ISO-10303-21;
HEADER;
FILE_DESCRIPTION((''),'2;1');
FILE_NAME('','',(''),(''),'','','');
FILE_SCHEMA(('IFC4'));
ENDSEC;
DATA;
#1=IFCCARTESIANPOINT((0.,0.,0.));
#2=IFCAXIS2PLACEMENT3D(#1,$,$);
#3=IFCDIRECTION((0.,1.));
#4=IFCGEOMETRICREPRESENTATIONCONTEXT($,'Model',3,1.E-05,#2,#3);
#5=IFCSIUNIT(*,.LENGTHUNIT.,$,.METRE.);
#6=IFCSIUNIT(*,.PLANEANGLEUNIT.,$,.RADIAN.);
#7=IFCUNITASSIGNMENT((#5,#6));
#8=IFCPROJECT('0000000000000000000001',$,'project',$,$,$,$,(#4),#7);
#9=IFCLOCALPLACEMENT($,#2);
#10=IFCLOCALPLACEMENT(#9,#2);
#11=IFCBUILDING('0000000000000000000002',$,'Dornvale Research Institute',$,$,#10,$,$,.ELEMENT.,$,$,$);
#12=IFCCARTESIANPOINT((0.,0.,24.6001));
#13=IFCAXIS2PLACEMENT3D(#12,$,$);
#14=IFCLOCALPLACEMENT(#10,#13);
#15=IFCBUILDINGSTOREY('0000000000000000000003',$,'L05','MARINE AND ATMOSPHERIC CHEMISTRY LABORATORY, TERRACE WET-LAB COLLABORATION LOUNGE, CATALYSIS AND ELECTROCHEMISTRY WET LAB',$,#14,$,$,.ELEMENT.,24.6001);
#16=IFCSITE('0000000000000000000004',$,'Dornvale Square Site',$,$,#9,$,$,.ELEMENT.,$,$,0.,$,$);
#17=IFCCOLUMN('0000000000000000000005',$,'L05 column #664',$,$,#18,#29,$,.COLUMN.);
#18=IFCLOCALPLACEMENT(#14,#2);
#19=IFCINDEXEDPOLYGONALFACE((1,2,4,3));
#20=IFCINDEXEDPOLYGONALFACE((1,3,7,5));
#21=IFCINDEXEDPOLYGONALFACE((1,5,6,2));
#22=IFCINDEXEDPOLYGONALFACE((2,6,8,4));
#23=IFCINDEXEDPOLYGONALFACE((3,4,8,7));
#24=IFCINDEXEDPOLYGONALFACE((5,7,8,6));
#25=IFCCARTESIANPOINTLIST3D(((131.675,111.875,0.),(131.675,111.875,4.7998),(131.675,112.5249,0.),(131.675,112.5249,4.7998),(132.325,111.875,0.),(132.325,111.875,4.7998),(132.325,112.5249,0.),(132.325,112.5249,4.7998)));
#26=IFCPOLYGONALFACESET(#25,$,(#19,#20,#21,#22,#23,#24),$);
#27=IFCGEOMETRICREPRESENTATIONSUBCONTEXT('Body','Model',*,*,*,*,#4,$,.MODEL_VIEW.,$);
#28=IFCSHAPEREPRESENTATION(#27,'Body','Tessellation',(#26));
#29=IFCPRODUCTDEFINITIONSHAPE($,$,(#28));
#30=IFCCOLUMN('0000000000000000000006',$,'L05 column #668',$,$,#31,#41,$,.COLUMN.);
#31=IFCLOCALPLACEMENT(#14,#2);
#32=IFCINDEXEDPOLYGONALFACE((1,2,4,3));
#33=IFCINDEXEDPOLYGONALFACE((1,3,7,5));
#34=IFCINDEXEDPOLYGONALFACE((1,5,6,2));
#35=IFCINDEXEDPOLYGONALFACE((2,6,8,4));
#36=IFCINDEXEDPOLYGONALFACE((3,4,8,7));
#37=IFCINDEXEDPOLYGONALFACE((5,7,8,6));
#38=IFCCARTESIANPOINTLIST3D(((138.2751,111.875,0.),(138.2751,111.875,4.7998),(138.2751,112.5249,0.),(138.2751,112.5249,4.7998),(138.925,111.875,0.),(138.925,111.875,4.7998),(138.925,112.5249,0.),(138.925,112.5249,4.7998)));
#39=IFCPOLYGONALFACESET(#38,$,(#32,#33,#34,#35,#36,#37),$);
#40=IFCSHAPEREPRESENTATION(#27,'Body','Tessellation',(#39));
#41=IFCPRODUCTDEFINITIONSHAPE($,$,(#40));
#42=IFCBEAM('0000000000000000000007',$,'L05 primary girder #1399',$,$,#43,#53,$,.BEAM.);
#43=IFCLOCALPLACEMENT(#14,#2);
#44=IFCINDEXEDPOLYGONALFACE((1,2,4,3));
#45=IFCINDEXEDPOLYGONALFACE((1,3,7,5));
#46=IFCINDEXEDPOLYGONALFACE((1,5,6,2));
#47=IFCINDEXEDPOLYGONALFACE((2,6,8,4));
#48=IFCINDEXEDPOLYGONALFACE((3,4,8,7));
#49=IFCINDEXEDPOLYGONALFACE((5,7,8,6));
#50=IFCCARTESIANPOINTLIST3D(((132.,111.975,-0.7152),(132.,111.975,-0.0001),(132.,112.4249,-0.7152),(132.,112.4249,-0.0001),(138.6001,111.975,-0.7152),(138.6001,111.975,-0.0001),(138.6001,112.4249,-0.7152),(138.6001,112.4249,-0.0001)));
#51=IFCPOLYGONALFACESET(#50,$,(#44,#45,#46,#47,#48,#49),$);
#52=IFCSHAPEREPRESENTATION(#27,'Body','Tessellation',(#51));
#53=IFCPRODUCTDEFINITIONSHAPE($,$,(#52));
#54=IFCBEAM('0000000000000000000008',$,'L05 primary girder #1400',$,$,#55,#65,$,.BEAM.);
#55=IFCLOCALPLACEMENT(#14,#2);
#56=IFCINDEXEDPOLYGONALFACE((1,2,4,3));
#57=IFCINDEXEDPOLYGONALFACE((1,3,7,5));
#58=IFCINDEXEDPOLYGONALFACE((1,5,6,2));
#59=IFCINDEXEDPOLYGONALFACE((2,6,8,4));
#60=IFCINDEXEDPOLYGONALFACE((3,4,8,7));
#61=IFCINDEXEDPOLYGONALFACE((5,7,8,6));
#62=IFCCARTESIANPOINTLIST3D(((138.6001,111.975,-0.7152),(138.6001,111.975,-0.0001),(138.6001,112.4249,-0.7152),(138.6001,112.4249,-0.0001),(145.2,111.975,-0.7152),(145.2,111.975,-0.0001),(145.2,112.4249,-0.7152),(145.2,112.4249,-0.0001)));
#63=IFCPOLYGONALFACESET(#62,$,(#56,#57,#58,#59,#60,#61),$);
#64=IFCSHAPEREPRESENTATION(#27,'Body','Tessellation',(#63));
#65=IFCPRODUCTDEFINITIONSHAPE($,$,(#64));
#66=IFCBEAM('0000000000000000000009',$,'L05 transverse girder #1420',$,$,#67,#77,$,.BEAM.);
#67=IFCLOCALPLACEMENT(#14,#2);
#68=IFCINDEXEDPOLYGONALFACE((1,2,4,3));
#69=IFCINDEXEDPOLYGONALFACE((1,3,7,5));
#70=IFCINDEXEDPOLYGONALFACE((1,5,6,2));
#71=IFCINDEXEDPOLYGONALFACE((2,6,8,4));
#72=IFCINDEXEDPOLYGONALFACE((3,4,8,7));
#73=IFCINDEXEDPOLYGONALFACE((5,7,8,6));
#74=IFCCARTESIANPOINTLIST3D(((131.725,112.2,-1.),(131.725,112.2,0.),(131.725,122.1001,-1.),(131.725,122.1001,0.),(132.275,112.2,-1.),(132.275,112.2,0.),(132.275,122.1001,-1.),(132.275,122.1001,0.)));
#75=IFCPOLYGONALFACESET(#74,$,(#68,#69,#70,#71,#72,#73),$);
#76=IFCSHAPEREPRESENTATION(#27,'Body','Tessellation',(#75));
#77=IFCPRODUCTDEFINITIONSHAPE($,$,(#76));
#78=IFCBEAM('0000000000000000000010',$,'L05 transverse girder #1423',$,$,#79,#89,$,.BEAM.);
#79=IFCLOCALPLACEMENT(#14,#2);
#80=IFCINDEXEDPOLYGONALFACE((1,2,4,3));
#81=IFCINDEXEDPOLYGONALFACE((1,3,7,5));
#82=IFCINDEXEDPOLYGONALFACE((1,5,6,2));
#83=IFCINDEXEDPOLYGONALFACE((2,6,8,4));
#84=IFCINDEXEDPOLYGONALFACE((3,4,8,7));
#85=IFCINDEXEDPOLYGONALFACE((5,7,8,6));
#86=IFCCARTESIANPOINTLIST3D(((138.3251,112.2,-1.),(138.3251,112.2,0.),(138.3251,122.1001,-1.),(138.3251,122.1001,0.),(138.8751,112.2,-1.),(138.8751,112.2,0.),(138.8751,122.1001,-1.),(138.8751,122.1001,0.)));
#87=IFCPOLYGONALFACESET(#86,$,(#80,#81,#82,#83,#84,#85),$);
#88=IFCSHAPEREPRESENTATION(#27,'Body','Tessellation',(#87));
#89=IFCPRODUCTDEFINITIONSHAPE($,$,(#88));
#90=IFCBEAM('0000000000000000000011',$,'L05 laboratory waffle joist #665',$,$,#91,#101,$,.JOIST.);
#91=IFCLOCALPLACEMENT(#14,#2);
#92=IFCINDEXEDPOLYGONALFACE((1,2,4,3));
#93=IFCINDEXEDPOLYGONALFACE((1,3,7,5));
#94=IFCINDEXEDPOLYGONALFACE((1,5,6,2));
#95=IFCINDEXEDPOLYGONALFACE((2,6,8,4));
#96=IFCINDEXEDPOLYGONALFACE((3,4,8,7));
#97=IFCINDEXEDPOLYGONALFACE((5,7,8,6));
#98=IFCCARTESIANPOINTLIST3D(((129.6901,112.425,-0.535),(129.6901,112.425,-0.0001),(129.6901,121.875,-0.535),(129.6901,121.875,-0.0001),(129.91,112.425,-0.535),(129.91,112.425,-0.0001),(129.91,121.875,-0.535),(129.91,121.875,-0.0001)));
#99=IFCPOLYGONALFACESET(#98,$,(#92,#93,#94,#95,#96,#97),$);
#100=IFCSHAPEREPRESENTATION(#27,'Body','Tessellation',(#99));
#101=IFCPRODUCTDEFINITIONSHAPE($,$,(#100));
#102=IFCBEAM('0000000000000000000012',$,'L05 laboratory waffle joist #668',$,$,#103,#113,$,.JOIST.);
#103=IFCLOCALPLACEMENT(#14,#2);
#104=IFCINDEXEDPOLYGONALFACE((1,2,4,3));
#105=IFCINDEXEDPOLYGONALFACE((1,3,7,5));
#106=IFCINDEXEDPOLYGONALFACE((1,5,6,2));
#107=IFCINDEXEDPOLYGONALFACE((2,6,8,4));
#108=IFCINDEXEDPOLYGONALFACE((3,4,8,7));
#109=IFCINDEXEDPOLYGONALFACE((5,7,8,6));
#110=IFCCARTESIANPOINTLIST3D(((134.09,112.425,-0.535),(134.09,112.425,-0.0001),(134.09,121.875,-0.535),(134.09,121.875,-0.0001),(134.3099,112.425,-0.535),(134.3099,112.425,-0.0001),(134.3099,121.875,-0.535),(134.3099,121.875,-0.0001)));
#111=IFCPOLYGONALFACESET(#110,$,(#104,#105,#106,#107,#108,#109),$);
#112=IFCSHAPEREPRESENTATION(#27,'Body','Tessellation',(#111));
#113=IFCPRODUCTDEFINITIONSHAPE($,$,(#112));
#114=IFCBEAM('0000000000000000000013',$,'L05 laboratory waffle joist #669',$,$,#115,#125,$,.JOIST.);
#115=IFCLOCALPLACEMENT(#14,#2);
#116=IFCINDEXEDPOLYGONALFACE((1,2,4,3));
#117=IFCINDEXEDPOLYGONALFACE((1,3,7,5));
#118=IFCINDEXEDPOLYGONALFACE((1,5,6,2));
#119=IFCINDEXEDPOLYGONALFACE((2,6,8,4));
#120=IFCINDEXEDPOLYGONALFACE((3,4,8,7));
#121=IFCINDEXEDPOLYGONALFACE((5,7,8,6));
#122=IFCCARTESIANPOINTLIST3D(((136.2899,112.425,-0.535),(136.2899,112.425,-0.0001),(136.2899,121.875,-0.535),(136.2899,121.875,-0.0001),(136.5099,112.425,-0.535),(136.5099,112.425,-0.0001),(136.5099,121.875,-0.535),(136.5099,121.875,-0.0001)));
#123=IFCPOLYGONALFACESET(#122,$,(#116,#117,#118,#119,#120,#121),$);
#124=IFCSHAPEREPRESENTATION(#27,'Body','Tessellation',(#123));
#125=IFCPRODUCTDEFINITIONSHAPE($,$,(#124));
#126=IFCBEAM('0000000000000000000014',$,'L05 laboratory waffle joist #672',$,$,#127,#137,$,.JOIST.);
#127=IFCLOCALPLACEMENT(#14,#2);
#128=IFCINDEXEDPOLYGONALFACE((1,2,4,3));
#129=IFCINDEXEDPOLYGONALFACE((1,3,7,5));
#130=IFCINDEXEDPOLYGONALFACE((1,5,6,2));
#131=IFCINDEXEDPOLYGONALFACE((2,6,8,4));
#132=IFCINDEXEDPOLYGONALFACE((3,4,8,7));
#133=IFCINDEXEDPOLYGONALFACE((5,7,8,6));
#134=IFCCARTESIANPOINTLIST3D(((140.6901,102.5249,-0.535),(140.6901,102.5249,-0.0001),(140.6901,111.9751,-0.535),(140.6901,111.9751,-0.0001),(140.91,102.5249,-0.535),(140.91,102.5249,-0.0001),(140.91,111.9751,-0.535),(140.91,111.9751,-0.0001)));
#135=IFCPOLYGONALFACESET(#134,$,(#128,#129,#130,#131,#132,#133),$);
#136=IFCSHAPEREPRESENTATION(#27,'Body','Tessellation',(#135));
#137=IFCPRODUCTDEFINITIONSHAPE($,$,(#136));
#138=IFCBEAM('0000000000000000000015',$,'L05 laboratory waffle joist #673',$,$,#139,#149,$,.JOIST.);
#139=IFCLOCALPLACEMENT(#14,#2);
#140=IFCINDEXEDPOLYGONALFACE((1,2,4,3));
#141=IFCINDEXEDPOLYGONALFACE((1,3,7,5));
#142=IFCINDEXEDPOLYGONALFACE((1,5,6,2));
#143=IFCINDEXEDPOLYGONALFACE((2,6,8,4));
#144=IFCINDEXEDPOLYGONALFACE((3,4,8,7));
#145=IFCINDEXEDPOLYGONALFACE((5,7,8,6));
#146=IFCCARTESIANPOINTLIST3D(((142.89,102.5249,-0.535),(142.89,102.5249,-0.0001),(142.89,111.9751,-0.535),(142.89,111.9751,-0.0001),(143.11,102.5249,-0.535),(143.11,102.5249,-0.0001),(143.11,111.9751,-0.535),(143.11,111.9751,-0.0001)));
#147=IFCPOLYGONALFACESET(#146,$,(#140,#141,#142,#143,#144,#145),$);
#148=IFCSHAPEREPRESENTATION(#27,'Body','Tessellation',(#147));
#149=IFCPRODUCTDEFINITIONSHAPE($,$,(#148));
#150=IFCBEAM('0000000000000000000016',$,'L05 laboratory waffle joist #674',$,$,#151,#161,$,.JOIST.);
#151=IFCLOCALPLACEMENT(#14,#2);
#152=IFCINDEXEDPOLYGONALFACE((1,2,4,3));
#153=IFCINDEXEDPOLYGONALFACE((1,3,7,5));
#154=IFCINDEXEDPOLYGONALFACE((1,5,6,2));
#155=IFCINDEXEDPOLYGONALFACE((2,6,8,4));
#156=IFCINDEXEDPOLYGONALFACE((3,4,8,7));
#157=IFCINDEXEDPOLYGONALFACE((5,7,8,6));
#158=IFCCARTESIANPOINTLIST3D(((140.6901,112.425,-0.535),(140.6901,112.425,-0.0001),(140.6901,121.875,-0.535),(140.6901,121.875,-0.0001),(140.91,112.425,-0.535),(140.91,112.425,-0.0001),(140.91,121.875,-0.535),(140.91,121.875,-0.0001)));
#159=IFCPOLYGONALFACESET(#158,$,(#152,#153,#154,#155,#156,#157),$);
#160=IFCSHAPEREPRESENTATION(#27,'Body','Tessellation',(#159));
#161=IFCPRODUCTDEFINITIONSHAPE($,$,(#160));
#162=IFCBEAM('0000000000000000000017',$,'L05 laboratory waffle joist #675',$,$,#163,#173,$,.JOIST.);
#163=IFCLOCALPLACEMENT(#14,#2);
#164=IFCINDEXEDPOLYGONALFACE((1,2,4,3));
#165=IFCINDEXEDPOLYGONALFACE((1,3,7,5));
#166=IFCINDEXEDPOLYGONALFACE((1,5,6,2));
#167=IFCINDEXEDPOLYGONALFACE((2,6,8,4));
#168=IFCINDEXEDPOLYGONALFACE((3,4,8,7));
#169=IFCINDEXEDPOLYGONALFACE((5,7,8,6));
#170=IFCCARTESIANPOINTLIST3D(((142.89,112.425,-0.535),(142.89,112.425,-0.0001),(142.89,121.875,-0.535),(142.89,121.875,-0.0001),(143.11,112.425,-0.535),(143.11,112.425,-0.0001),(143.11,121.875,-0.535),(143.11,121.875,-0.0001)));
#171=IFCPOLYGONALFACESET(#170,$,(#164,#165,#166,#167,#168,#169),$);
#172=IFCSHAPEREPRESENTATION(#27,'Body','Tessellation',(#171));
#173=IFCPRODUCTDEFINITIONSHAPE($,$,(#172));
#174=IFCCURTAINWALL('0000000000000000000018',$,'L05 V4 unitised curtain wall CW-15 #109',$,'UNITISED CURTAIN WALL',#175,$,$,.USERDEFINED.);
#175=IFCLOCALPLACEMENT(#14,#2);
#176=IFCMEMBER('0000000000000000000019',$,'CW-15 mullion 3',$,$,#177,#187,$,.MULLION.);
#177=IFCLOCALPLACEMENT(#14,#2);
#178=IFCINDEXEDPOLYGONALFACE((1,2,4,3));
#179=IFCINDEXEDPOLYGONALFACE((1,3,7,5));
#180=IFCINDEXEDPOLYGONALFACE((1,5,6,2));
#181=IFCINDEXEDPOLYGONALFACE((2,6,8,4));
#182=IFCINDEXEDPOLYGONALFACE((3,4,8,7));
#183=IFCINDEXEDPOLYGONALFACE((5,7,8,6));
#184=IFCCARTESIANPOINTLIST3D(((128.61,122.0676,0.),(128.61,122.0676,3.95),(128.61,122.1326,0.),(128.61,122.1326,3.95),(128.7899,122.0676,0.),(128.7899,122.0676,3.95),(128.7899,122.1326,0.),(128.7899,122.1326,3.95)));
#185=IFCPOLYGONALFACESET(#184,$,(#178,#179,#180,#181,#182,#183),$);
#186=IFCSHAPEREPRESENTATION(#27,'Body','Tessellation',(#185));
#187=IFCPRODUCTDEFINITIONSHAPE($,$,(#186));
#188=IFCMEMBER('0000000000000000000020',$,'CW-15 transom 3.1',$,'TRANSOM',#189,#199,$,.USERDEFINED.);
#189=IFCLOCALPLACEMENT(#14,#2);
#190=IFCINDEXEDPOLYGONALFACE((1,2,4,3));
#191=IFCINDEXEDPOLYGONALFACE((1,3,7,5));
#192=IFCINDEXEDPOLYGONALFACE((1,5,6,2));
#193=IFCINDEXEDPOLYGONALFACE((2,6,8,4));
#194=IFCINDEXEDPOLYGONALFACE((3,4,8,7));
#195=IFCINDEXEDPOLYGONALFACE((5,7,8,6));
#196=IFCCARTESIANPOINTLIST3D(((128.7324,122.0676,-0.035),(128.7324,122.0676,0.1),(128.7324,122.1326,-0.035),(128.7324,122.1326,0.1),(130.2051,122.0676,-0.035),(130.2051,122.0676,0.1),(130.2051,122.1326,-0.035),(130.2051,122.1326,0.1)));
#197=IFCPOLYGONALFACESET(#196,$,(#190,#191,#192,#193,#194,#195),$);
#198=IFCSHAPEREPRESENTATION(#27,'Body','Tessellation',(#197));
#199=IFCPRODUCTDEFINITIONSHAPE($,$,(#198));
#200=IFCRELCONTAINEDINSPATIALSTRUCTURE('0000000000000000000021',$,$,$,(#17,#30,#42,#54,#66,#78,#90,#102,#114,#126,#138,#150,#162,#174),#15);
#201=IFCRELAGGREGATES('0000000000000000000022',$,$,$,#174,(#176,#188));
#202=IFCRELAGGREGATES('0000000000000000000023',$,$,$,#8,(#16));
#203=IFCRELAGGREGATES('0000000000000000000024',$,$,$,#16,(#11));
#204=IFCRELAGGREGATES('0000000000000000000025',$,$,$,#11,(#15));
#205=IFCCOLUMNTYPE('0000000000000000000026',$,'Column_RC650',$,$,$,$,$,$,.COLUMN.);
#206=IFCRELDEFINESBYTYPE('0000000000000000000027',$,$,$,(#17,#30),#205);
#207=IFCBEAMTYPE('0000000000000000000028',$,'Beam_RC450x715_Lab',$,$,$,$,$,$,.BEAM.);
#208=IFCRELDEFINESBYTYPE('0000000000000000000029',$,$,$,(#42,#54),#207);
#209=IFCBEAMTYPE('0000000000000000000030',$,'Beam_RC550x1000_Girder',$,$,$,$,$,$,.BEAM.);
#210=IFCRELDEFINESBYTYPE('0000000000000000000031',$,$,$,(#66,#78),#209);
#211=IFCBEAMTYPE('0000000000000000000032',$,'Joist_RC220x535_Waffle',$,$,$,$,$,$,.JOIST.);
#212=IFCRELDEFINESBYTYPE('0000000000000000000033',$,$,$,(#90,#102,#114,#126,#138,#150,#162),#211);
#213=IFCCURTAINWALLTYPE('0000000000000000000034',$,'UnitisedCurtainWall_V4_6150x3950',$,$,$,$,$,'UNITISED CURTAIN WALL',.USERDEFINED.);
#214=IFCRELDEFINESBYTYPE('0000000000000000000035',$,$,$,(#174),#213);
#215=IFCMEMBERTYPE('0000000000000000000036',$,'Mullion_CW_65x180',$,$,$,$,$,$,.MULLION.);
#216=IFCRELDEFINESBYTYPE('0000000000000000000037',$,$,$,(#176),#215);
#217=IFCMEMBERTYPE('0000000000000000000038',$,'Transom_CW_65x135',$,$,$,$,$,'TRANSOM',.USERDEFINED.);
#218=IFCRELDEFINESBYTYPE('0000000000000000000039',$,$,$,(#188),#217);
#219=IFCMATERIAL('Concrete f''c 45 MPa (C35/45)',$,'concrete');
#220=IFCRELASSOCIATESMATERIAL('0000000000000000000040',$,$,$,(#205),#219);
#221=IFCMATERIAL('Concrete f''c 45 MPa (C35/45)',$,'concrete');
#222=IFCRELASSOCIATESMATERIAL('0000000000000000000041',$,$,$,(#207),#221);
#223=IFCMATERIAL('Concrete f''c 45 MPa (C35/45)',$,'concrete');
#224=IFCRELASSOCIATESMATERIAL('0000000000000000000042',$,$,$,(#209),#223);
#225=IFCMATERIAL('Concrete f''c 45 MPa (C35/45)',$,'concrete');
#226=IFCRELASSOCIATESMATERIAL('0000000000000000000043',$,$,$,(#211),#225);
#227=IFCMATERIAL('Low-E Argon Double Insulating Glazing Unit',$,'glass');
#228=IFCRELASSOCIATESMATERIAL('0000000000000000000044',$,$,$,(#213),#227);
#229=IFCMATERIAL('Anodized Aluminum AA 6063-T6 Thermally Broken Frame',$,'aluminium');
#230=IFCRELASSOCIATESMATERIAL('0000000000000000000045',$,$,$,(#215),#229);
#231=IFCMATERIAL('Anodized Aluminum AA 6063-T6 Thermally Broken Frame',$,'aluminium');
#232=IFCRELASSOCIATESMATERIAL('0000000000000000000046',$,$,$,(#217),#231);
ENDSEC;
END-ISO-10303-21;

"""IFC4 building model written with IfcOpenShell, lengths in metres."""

from ifc_helpers import new_model, si_unit, direction, frame, origin, origin_2d, place, context, subcontext, project, spatial, rectangle, extrude, material, material_profile, profile_set, type_object, element, aggregate, save


model = new_model("IFC4")

# Units and contexts
model_context = context("Model", 3, precision=1e-05, world=origin(), true_north=direction((0.0, 1.0)))
body_context = subcontext(model_context, "Body", "Model", "MODEL_VIEW")
ifc_project = project(units=[si_unit("LENGTHUNIT", "METRE"), si_unit("PLANEANGLEUNIT", "RADIAN")], contexts=[model_context])

# Site, building, storey
site_placement = place(None, origin())
site = spatial("IfcSite", under=ifc_project, at=site_placement, Name="Dornvale Square Site", CompositionType="ELEMENT", RefElevation=0.0)
building_placement = place(site_placement, origin())
building = spatial("IfcBuilding", under=site, at=building_placement, Name="Dornvale Research Institute", CompositionType="ELEMENT")
storey_placement = place(building_placement, frame((0.0, 0.0, 24.6001)))
storey = spatial("IfcBuildingStorey", under=building, at=storey_placement, Name="L05", Description="MARINE AND ATMOSPHERIC CHEMISTRY LABORATORY, TERRACE WET-LAB COLLABORATION LOUNGE, CATALYSIS AND ELECTROCHEMISTRY WET LAB", CompositionType="ELEMENT", Elevation=24.6001)

# Columns
ifc_material_1 = material(Name="Concrete f'c 45 MPa (C35/45)", Category="concrete")
ifc_material_profile_1 = material_profile(ifc_material_1, rectangle(XDim=0.6499, YDim=0.6499, at=origin_2d()), Name="RC 650x650")
ifc_profile_set_1 = profile_set([ifc_material_profile_1], Name="Concrete f'c 45 MPa (C35/45)")
column_type = type_object("IfcColumnType", Name="Column_RC650", PredefinedType="COLUMN", material=ifc_profile_set_1)
for number, where, z_axis, x_axis, name in (
    (1, (132.0, 112.2, 0.0), (0.0, 0.0, 1.0), (1.0, 0.0, 0.0), "L05 column #664"),
    (2, (138.6001, 112.2, 0.0), (0.0, 0.0, 1.0), (1.0, 0.0, 0.0), "L05 column #668"),
):
    element("IfcColumn", number, at=place(storey_placement, frame(where, z_axis=z_axis, x_axis=x_axis)), inside=storey, type_object=column_type, Name=name, PredefinedType="COLUMN", context=body_context, shape_type="SweptSolid", body=[
        extrude(rectangle(XDim=0.6499, YDim=0.6499, at=origin_2d()), origin(), (0.0, 0.0, 1.0), 4.7998),
    ])

# Beams
ifc_material_2 = material(Name="Concrete f'c 45 MPa (C35/45)", Category="concrete")
ifc_material_profile_2 = material_profile(ifc_material_2, rectangle(XDim=0.45, YDim=0.7151, at=origin_2d()), Name="RC 450x715")
ifc_profile_set_2 = profile_set([ifc_material_profile_2], Name="Concrete f'c 45 MPa (C35/45)")
beam_type_1 = type_object("IfcBeamType", Name="Beam_RC450x715_Lab", PredefinedType="BEAM", material=ifc_profile_set_2)
beam_1_placement = place(storey_placement, frame((132.0, 112.2, -0.3577), z_axis=(1.0, 0.0, 0.0), x_axis=(0.0, 1.0, 0.0)))
element("IfcBeam", 3, at=beam_1_placement, inside=storey, type_object=beam_type_1, Name="L05 primary girder #1399", PredefinedType="BEAM", context=body_context, shape_type="SweptSolid", body=[
    extrude(rectangle(XDim=0.45, YDim=0.7151, at=origin_2d()), origin(), (0.0, 0.0, 1.0), 6.6001),
])
beam_2_placement = place(storey_placement, frame((138.6001, 112.2, -0.3577), z_axis=(1.0, 0.0, 0.0), x_axis=(0.0, 1.0, 0.0)))
element("IfcBeam", 4, at=beam_2_placement, inside=storey, type_object=beam_type_1, Name="L05 primary girder #1400", PredefinedType="BEAM", context=body_context, shape_type="SweptSolid", body=[
    extrude(rectangle(XDim=0.45, YDim=0.7151, at=origin_2d()), origin(), (0.0, 0.0, 1.0), 6.5999),
])
ifc_material_3 = material(Name="Concrete f'c 45 MPa (C35/45)", Category="concrete")
ifc_material_profile_3 = material_profile(ifc_material_3, rectangle(XDim=0.55, YDim=1.0, at=origin_2d()), Name="RC 550x1000")
ifc_profile_set_3 = profile_set([ifc_material_profile_3], Name="Concrete f'c 45 MPa (C35/45)")
beam_type_2 = type_object("IfcBeamType", Name="Beam_RC550x1000_Girder", PredefinedType="BEAM", material=ifc_profile_set_3)
for number, where, z_axis, x_axis, name in (
    (5, (132.0, 112.2, -0.5), (0.0, 1.0, 0.0), (-1.0, 0.0, 0.0), "L05 transverse girder #1420"),
    (6, (138.6001, 112.2, -0.5), (0.0, 1.0, 0.0), (-1.0, 0.0, 0.0), "L05 transverse girder #1423"),
):
    element("IfcBeam", number, at=place(storey_placement, frame(where, z_axis=z_axis, x_axis=x_axis)), inside=storey, type_object=beam_type_2, Name=name, PredefinedType="BEAM", context=body_context, shape_type="SweptSolid", body=[
        extrude(rectangle(XDim=0.55, YDim=1.0, at=origin_2d()), origin(), (0.0, 0.0, 1.0), 9.9001),
    ])
ifc_material_4 = material(Name="Concrete f'c 45 MPa (C35/45)", Category="concrete")
ifc_material_profile_4 = material_profile(ifc_material_4, rectangle(XDim=0.22, YDim=0.5349, at=origin_2d()), Name="RC 220x535")
ifc_profile_set_4 = profile_set([ifc_material_profile_4], Name="Concrete f'c 45 MPa (C35/45)")
beam_type_3 = type_object("IfcBeamType", Name="Joist_RC220x535_Waffle", PredefinedType="JOIST", material=ifc_profile_set_4)
for number, where, z_axis, x_axis, name in (
    (7, (129.8, 112.425, -0.2676), (0.0, 1.0, 0.0), (-1.0, 0.0, 0.0), "L05 laboratory waffle joist #665"),
    (8, (134.2, 112.425, -0.2676), (0.0, 1.0, 0.0), (-1.0, 0.0, 0.0), "L05 laboratory waffle joist #668"),
    (9, (136.3999, 112.425, -0.2676), (0.0, 1.0, 0.0), (-1.0, 0.0, 0.0), "L05 laboratory waffle joist #669"),
):
    element("IfcBeam", number, at=place(storey_placement, frame(where, z_axis=z_axis, x_axis=x_axis)), inside=storey, type_object=beam_type_3, Name=name, PredefinedType="JOIST", context=body_context, shape_type="SweptSolid", body=[
        extrude(rectangle(XDim=0.22, YDim=0.5349, at=origin_2d()), origin(), (0.0, 0.0, 1.0), 9.45),
    ])
for number, where, z_axis, x_axis, name in (
    (10, (140.8, 102.5249, -0.2676), (0.0, 1.0, 0.0), (-1.0, 0.0, 0.0), "L05 laboratory waffle joist #672"),
    (11, (143.0, 102.5249, -0.2676), (0.0, 1.0, 0.0), (-1.0, 0.0, 0.0), "L05 laboratory waffle joist #673"),
):
    element("IfcBeam", number, at=place(storey_placement, frame(where, z_axis=z_axis, x_axis=x_axis)), inside=storey, type_object=beam_type_3, Name=name, PredefinedType="JOIST", context=body_context, shape_type="SweptSolid", body=[
        extrude(rectangle(XDim=0.22, YDim=0.5349, at=origin_2d()), origin(), (0.0, 0.0, 1.0), 9.4502),
    ])
for number, where, z_axis, x_axis, name in (
    (12, (140.8, 112.425, -0.2676), (0.0, 1.0, 0.0), (-1.0, 0.0, 0.0), "L05 laboratory waffle joist #674"),
    (13, (143.0, 112.425, -0.2676), (0.0, 1.0, 0.0), (-1.0, 0.0, 0.0), "L05 laboratory waffle joist #675"),
):
    element("IfcBeam", number, at=place(storey_placement, frame(where, z_axis=z_axis, x_axis=x_axis)), inside=storey, type_object=beam_type_3, Name=name, PredefinedType="JOIST", context=body_context, shape_type="SweptSolid", body=[
        extrude(rectangle(XDim=0.22, YDim=0.5349, at=origin_2d()), origin(), (0.0, 0.0, 1.0), 9.45),
    ])

# Curtain wall, members
ifc_material_5 = material(Name="Low-E Argon Double Insulating Glazing Unit", Category="glass")
curtain_wall_type = type_object("IfcCurtainWallType", Name="UnitisedCurtainWall_V4_6150x3950", ElementType="UNITISED CURTAIN WALL", PredefinedType="USERDEFINED", material=ifc_material_5)
curtain_wall_placement = place(storey_placement, origin())
curtain_wall = element("IfcCurtainWall", 14, at=curtain_wall_placement, inside=storey, type_object=curtain_wall_type, Name="L05 V4 unitised curtain wall CW-15 #109", ObjectType="UNITISED CURTAIN WALL", PredefinedType="USERDEFINED")
ifc_material_6 = material(Name="Anodized Aluminum AA 6063-T6 Thermally Broken Frame", Category="aluminium")
ifc_material_profile_5 = material_profile(ifc_material_6, rectangle(XDim=0.0649, YDim=0.1799, at=origin_2d()), Name="ALU MULLION 65x180")
ifc_profile_set_5 = profile_set([ifc_material_profile_5], Name="Anodized Aluminum AA 6063-T6 Thermally Broken Frame")
member_type_1 = type_object("IfcMemberType", Name="Mullion_CW_65x180", PredefinedType="MULLION", material=ifc_profile_set_5)
member_1_placement = place(storey_placement, frame((128.7, 122.1001, 0.0), z_axis=(0.0, 0.0, 1.0), x_axis=(0.0, 1.0, 0.0)))
member_1 = element("IfcMember", 15, at=member_1_placement, type_object=member_type_1, Name="CW-15 mullion 3", PredefinedType="MULLION", context=body_context, shape_type="SweptSolid", body=[
    extrude(rectangle(XDim=0.0649, YDim=0.1799, at=origin_2d()), origin(), (0.0, 0.0, 1.0), 3.95),
])
ifc_material_7 = material(Name="Anodized Aluminum AA 6063-T6 Thermally Broken Frame", Category="aluminium")
ifc_material_profile_6 = material_profile(ifc_material_7, rectangle(XDim=0.0649, YDim=0.135, at=origin_2d()), Name="ALU TRANSOM 65x135")
ifc_profile_set_6 = profile_set([ifc_material_profile_6], Name="Anodized Aluminum AA 6063-T6 Thermally Broken Frame")
member_type_2 = type_object("IfcMemberType", Name="Transom_CW_65x135", ElementType="TRANSOM", PredefinedType="USERDEFINED", material=ifc_profile_set_6)
member_2_placement = place(storey_placement, frame((128.7324, 122.1001, 0.0325), z_axis=(1.0, 0.0, 0.0), x_axis=(0.0, 1.0, 0.0)))
member_2 = element("IfcMember", 16, at=member_2_placement, type_object=member_type_2, Name="CW-15 transom 3.1", ObjectType="TRANSOM", PredefinedType="USERDEFINED", context=body_context, shape_type="SweptSolid", body=[
    extrude(rectangle(XDim=0.0649, YDim=0.135, at=origin_2d()), origin(), (0.0, 0.0, 1.0), 1.4727),
])
aggregate(curtain_wall, [member_1, member_2])

save(model, "model.ifc")
